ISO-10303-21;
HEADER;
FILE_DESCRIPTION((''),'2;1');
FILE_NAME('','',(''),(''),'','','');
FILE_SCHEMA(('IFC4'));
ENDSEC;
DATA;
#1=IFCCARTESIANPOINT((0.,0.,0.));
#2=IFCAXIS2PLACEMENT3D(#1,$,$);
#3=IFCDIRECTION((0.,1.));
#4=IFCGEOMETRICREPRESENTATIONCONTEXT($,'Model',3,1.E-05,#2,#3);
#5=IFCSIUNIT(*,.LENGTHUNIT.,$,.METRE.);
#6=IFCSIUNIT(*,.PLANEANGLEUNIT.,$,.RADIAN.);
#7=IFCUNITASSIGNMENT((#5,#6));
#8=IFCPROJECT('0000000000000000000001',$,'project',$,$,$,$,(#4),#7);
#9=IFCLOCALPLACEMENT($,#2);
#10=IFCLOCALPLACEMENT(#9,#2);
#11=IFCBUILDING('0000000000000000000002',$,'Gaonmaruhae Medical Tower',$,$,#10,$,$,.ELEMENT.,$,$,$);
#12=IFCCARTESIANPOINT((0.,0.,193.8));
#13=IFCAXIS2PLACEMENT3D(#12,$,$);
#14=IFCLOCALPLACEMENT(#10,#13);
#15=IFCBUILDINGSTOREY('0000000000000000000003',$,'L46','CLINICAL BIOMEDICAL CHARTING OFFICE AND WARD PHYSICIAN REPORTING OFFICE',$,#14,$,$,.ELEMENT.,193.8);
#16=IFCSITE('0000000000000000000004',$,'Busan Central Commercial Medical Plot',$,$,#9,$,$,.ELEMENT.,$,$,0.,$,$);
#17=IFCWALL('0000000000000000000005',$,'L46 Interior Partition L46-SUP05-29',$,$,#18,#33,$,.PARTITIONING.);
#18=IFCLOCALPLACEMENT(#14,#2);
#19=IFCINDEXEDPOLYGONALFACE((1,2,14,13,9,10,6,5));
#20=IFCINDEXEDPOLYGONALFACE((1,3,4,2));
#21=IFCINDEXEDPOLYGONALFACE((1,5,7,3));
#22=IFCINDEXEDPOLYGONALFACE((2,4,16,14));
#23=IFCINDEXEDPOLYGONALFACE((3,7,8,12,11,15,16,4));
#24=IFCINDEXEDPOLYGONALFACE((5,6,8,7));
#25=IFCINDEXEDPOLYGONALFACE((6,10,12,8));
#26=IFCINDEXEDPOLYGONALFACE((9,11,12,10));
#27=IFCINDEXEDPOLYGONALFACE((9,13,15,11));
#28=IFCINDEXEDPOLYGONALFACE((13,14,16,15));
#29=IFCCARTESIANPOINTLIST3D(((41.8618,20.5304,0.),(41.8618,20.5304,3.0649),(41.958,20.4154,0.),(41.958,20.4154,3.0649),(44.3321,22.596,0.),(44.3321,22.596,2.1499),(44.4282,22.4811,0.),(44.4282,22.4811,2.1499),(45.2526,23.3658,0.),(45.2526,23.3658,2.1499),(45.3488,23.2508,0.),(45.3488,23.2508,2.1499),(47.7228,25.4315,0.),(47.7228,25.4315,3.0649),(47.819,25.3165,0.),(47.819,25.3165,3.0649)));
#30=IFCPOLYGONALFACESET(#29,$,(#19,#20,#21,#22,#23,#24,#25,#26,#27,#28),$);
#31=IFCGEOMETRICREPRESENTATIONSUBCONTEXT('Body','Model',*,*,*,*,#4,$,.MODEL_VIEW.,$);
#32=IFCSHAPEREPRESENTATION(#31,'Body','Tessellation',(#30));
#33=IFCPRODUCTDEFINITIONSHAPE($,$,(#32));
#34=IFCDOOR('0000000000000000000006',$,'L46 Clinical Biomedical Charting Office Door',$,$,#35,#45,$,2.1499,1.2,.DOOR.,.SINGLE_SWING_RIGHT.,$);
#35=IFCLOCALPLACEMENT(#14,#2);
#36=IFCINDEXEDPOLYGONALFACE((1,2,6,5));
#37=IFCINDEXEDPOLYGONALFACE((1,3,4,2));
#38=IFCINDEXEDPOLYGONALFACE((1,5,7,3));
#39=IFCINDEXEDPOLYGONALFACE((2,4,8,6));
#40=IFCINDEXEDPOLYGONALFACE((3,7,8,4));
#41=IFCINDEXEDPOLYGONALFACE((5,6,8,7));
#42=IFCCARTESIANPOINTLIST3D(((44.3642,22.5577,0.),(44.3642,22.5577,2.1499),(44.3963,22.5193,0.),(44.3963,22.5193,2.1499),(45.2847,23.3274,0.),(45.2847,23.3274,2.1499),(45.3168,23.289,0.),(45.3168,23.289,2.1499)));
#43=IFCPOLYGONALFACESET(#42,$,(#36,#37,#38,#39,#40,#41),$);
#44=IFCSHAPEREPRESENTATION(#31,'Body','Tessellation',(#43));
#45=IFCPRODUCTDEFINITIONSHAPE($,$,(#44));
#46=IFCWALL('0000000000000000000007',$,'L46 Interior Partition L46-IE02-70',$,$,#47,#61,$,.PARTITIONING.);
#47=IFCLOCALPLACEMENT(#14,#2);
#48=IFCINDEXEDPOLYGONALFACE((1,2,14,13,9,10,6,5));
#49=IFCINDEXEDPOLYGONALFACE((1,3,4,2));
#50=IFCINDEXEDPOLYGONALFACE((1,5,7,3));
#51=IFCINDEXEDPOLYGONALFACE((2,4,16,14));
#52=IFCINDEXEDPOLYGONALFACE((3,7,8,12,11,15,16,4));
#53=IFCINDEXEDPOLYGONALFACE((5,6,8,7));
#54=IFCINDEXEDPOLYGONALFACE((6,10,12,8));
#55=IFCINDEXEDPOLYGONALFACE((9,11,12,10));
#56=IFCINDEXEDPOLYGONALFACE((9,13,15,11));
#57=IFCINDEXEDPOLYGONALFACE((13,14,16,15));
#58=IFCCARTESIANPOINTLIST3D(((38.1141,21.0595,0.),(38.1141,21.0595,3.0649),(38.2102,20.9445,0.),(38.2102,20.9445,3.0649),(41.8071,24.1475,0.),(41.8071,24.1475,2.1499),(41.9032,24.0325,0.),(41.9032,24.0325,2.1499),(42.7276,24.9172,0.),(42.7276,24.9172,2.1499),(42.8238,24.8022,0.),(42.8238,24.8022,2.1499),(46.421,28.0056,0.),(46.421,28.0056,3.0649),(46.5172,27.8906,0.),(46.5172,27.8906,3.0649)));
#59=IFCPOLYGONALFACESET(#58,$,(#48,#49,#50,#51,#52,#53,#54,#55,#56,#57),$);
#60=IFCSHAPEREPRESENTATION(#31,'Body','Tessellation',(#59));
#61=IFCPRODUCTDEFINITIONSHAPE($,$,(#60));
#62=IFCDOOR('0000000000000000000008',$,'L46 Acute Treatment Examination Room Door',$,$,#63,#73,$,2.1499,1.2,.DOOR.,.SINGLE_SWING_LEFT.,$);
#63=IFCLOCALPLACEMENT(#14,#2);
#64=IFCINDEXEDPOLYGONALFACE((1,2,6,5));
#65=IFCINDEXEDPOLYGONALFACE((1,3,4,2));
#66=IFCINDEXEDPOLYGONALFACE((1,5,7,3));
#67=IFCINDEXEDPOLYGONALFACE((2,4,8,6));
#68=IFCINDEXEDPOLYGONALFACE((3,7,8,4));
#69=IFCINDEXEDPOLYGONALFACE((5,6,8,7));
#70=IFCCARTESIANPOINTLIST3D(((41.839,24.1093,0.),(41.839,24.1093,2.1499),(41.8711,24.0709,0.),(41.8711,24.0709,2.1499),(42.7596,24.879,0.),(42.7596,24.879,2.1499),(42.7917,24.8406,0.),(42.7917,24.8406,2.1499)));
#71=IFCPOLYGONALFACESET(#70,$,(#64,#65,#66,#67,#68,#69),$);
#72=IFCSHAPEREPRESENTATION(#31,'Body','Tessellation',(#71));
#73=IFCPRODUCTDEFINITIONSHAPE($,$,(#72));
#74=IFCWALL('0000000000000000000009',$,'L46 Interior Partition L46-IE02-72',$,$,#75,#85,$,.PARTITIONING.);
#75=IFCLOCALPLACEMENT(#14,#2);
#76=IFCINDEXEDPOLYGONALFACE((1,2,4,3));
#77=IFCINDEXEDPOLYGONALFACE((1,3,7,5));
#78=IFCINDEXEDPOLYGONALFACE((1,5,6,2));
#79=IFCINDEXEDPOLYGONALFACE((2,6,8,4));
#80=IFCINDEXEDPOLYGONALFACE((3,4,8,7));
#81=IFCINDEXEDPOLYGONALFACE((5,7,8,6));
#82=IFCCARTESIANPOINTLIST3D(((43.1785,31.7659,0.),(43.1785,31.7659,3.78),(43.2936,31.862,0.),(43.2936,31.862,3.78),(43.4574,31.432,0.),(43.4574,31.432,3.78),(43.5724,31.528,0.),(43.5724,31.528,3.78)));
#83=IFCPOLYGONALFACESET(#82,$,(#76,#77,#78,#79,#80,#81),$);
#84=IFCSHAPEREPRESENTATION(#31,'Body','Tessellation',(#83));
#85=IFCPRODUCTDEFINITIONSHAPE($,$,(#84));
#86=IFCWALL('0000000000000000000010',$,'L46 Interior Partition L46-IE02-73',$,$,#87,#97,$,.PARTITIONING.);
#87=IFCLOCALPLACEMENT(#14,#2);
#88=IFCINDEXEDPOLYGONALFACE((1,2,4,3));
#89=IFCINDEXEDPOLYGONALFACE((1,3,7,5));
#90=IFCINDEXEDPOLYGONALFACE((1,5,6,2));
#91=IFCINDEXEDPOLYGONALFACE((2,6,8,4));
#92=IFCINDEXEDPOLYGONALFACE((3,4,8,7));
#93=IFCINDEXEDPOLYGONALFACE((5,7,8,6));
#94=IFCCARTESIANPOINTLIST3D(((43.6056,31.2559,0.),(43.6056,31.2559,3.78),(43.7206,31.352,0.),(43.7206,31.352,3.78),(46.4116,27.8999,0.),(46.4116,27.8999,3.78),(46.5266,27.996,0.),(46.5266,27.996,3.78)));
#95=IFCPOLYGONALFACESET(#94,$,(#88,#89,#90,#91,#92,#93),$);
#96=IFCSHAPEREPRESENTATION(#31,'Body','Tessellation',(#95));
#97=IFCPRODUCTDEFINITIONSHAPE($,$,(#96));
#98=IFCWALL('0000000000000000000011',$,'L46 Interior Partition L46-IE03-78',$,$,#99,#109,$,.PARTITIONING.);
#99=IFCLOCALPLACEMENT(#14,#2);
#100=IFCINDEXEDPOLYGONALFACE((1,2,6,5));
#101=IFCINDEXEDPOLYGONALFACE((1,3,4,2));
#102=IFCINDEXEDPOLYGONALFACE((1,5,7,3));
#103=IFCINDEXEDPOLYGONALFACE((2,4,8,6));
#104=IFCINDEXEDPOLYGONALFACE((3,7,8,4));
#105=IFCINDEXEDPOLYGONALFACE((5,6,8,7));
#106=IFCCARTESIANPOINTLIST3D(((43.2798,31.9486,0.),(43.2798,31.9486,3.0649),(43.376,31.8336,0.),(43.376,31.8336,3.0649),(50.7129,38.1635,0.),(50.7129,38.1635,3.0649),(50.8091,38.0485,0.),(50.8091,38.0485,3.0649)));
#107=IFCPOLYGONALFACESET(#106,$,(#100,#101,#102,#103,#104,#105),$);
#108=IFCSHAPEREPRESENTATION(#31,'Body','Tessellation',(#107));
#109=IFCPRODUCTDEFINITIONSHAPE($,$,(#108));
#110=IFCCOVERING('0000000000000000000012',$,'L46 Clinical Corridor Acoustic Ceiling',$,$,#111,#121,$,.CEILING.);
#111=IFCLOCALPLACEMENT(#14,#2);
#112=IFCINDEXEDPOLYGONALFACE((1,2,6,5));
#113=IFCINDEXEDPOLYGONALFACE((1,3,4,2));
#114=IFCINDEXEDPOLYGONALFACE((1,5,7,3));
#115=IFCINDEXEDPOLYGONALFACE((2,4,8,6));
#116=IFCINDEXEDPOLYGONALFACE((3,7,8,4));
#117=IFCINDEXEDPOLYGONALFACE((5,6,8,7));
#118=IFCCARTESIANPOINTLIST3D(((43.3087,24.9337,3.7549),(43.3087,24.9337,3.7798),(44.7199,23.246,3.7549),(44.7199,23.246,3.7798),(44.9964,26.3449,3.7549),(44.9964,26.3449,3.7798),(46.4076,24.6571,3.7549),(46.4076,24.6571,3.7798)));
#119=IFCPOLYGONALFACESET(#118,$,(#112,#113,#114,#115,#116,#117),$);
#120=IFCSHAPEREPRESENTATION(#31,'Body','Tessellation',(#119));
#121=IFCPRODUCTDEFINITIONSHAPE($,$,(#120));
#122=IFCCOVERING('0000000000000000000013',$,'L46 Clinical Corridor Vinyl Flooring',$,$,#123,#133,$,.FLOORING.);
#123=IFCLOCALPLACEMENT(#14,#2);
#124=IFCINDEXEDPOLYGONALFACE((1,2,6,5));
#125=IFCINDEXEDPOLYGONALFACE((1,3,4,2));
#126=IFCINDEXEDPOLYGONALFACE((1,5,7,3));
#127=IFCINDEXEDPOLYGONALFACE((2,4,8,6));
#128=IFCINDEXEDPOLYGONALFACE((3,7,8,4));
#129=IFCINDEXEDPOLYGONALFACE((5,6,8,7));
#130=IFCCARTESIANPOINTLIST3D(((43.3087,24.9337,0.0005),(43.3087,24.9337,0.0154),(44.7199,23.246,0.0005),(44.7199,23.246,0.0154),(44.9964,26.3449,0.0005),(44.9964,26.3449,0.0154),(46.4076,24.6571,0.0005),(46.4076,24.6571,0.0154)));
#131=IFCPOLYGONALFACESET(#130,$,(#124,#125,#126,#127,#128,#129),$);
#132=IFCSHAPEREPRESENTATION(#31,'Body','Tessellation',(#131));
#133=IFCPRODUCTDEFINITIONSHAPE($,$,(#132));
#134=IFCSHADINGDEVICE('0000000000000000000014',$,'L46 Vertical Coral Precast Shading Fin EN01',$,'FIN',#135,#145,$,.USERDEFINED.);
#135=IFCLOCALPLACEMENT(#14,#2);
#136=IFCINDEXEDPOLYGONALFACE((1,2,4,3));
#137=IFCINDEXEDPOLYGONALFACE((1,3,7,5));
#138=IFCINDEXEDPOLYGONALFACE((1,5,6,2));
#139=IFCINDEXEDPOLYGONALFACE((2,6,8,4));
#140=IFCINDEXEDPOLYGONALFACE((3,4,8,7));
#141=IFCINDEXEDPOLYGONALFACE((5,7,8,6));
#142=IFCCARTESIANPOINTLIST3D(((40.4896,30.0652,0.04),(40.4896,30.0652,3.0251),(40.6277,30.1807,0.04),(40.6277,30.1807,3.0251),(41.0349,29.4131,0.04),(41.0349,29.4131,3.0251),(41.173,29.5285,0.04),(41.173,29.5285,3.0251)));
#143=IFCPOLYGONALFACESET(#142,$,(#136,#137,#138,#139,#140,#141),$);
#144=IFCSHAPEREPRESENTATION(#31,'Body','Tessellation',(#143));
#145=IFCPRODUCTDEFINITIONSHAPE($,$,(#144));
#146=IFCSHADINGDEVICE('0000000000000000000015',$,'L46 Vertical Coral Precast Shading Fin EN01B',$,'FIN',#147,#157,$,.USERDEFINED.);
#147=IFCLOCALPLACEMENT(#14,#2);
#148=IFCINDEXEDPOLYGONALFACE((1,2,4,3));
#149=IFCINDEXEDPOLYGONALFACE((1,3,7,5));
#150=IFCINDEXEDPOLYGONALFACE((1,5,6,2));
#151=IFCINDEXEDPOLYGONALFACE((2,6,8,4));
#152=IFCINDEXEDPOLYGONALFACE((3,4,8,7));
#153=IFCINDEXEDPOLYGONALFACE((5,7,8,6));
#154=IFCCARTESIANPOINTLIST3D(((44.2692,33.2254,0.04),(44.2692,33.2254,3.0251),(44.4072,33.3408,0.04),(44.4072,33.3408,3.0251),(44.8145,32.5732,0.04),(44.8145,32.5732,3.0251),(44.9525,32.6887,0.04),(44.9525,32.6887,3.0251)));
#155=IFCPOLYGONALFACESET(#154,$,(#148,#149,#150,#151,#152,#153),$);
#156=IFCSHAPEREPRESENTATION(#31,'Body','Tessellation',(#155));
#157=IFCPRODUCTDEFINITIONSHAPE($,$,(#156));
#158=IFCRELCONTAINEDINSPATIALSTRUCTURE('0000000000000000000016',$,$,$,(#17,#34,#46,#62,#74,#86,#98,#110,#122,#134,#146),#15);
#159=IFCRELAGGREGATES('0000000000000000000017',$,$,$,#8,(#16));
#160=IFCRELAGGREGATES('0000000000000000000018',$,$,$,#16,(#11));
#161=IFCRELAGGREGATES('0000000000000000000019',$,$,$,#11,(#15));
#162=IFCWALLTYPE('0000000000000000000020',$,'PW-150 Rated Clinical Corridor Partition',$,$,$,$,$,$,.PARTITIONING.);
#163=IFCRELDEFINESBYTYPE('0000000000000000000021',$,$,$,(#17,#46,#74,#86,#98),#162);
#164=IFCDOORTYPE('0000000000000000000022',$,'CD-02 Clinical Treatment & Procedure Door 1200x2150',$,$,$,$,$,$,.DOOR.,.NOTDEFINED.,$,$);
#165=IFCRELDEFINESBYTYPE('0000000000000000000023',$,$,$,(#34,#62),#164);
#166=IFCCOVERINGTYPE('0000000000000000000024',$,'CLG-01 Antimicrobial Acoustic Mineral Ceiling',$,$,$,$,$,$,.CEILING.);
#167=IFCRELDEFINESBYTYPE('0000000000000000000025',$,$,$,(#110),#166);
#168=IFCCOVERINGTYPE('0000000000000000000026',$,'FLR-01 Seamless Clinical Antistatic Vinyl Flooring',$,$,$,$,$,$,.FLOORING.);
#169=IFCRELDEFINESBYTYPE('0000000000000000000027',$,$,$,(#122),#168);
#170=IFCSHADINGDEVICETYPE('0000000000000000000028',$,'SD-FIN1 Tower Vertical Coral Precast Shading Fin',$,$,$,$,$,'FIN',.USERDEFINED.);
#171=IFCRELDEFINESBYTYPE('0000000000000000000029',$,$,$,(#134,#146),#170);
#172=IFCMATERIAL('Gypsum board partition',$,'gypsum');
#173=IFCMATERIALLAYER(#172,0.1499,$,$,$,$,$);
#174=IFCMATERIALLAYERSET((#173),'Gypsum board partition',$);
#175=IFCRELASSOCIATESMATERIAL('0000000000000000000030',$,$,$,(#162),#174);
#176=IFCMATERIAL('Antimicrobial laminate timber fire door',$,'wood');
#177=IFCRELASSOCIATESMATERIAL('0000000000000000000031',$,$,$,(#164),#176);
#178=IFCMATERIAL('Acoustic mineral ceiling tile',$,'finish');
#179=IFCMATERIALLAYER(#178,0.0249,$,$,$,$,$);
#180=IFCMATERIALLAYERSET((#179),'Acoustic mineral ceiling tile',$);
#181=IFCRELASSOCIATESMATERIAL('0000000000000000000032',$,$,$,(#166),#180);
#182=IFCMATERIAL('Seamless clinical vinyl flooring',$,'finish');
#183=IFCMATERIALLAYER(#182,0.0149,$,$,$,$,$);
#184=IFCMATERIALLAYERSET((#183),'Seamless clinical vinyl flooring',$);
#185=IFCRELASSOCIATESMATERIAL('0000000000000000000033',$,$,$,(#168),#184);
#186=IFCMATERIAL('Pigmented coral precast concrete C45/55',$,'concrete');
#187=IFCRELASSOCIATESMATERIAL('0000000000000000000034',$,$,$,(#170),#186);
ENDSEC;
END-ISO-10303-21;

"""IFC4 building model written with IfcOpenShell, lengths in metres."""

from ifc_helpers import new_model, si_unit, direction, frame, frame_2d, origin, origin_2d, place, context, subcontext, project, spatial, rectangle, extrude, material, layer, layer_set, type_object, element, fill, save


model = new_model("IFC4")

# Units and contexts
model_context = context("Model", 3, precision=1e-05, world=origin(), true_north=direction((0.0, 1.0)))
body_context = subcontext(model_context, "Body", "Model", "MODEL_VIEW")
ifc_project = project(units=[si_unit("LENGTHUNIT", "METRE"), si_unit("PLANEANGLEUNIT", "RADIAN")], contexts=[model_context])

# Site, building, storey
site_placement = place(None, origin())
site = spatial("IfcSite", under=ifc_project, at=site_placement, Name="Busan Central Commercial Medical Plot", CompositionType="ELEMENT", RefElevation=0.0)
building_placement = place(site_placement, origin())
building = spatial("IfcBuilding", under=site, at=building_placement, Name="Gaonmaruhae Medical Tower", CompositionType="ELEMENT")
storey_placement = place(building_placement, frame((0.0, 0.0, 193.8)))
storey = spatial("IfcBuildingStorey", under=building, at=storey_placement, Name="L46", Description="CLINICAL BIOMEDICAL CHARTING OFFICE AND WARD PHYSICIAN REPORTING OFFICE", CompositionType="ELEMENT", Elevation=193.8)

# Shared definitions
ifc_material_1 = material(Name="Gypsum board partition", Category="gypsum")
ifc_layer_1 = layer(ifc_material_1, 0.1499)
ifc_layer_set_1 = layer_set([ifc_layer_1], Name="Gypsum board partition")
wall_type_1 = type_object("IfcWallType", Name="PW-150 Rated Clinical Corridor Partition", PredefinedType="PARTITIONING", material=ifc_layer_set_1)

# Walls, openings, doors
wall_1_placement = place(storey_placement, frame((41.9099, 20.4729, 0.0), z_axis=(0.0, 0.0, 1.0), x_axis=(0.767133, 0.641488, 0.0)))
wall_1 = element("IfcWall", 1, at=wall_1_placement, inside=storey, type_object=wall_type_1, Name="L46 Interior Partition L46-SUP05-29", PredefinedType="PARTITIONING", context=body_context, shape_type="SweptSolid", body=[
    extrude(rectangle(XDim=7.6401, YDim=0.1499, at=frame_2d((3.8201, 0.0))), origin(), (0.0, 0.0, 1.0), 3.0649),
])
opening_1_placement = place(wall_1_placement, frame((3.22, 0.0, 0.0)))
opening_1 = element("IfcOpeningElement", 2, at=opening_1_placement, cuts=wall_1, PredefinedType="OPENING", context=body_context, shape_type="SweptSolid", body=[
    extrude(rectangle(XDim=1.2, YDim=2.1499, at=frame_2d((0.6001, 1.075))), frame((0.0, 0.085, 0.0), z_axis=(0.0, -1.0, 0.0), x_axis=(1.0, 0.0, 0.0)), (0.0, 0.0, 1.0), 0.1699),
])
ifc_material_2 = material(Name="Antimicrobial laminate timber fire door", Category="wood")
door_type = type_object("IfcDoorType", Name="CD-02 Clinical Treatment & Procedure Door 1200x2150", OperationType="NOTDEFINED", PredefinedType="DOOR", material=ifc_material_2)
door_1_placement = place(opening_1_placement, origin())
door_1 = element("IfcDoor", 3, at=door_1_placement, inside=storey, type_object=door_type, Name="L46 Clinical Biomedical Charting Office Door", OperationType="SINGLE_SWING_RIGHT", OverallHeight=2.1499, OverallWidth=1.2, PredefinedType="DOOR", context=body_context, shape_type="SweptSolid", body=[
    extrude(rectangle(XDim=1.2, YDim=2.1499, at=frame_2d((0.6001, 1.075))), frame((0.0, 0.0249, 0.0), z_axis=(0.0, -1.0, 0.0), x_axis=(1.0, 0.0, 0.0)), (0.0, 0.0, 1.0), 0.05),
])
fill(opening_1, door_1)
wall_2_placement = place(storey_placement, frame((46.469, 27.948, 0.0), z_axis=(0.0, 0.0, 1.0), x_axis=(-0.767146, -0.641472, 0.0)))
wall_2 = element("IfcWall", 4, at=wall_2_placement, inside=storey, type_object=wall_type_1, Name="L46 Interior Partition L46-IE02-70", PredefinedType="PARTITIONING", context=body_context, shape_type="SweptSolid", body=[
    extrude(rectangle(XDim=10.8284, YDim=0.1499, at=frame_2d((5.4141, 0.0))), origin(), (0.0, 0.0, 1.0), 3.0649),
])
opening_2_placement = place(wall_2_placement, frame((4.8142, 0.0, 0.0)))
opening_2 = element("IfcOpeningElement", 5, at=opening_2_placement, cuts=wall_2, PredefinedType="OPENING", context=body_context, shape_type="SweptSolid", body=[
    extrude(rectangle(XDim=1.2, YDim=2.1499, at=frame_2d((0.6001, 1.075))), frame((0.0, 0.085, 0.0), z_axis=(0.0, -1.0, 0.0), x_axis=(1.0, 0.0, 0.0)), (0.0, 0.0, 1.0), 0.1699),
])
door_2_placement = place(opening_2_placement, origin())
door_2 = element("IfcDoor", 6, at=door_2_placement, inside=storey, type_object=door_type, Name="L46 Acute Treatment Examination Room Door", OperationType="SINGLE_SWING_LEFT", OverallHeight=2.1499, OverallWidth=1.2, PredefinedType="DOOR", context=body_context, shape_type="SweptSolid", body=[
    extrude(rectangle(XDim=1.2, YDim=2.1499, at=frame_2d((0.6001, 1.075))), frame((0.0, 0.0249, 0.0), z_axis=(0.0, -1.0, 0.0), x_axis=(1.0, 0.0, 0.0)), (0.0, 0.0, 1.0), 0.05),
])
fill(opening_2, door_2)

# Walls
wall_3_placement = place(storey_placement, frame((43.2361, 31.814, 0.0), z_axis=(0.0, 0.0, 1.0), x_axis=(0.640847, -0.767669, 0.0)))
element("IfcWall", 7, at=wall_3_placement, inside=storey, type_object=wall_type_1, Name="L46 Interior Partition L46-IE02-72", PredefinedType="PARTITIONING", context=body_context, shape_type="SweptSolid", body=[
    extrude(rectangle(XDim=0.4351, YDim=0.1499, at=frame_2d((0.2175, 0.0))), origin(), (0.0, 0.0, 1.0), 3.78),
])
wall_4_placement = place(storey_placement, frame((43.6631, 31.304, 0.0), z_axis=(0.0, 0.0, 1.0), x_axis=(0.641435, -0.767177, 0.0)))
element("IfcWall", 8, at=wall_4_placement, inside=storey, type_object=wall_type_1, Name="L46 Interior Partition L46-IE02-73", PredefinedType="PARTITIONING", context=body_context, shape_type="SweptSolid", body=[
    extrude(rectangle(XDim=4.3745, YDim=0.1499, at=frame_2d((2.1873, 0.0))), origin(), (0.0, 0.0, 1.0), 3.78),
])
wall_5_placement = place(storey_placement, frame((43.3279, 31.8911, 0.0), z_axis=(0.0, 0.0, 1.0), x_axis=(0.767175, 0.641438, 0.0)))
element("IfcWall", 9, at=wall_5_placement, inside=storey, type_object=wall_type_1, Name="L46 Interior Partition L46-IE03-78", PredefinedType="PARTITIONING", context=body_context, shape_type="SweptSolid", body=[
    extrude(rectangle(XDim=9.689, YDim=0.1499, at=frame_2d((4.8445, 0.0))), origin(), (0.0, 0.0, 1.0), 3.0649),
])

# Coverings
ifc_material_3 = material(Name="Acoustic mineral ceiling tile", Category="finish")
ifc_layer_2 = layer(ifc_material_3, 0.0249)
ifc_layer_set_2 = layer_set([ifc_layer_2], Name="Acoustic mineral ceiling tile")
covering_type_1 = type_object("IfcCoveringType", Name="CLG-01 Antimicrobial Acoustic Mineral Ceiling", PredefinedType="CEILING", material=ifc_layer_set_2)
covering_1_placement = place(storey_placement, frame((44.8582, 24.7954, 3.7549), z_axis=(0.0, 0.0, 1.0), x_axis=(0.767165, 0.64145, 0.0)))
element("IfcCovering", 10, at=covering_1_placement, inside=storey, type_object=covering_type_1, Name="L46 Clinical Corridor Acoustic Ceiling", PredefinedType="CEILING", context=body_context, shape_type="SweptSolid", body=[
    extrude(rectangle(XDim=2.2, YDim=2.2, at=origin_2d()), origin(), (0.0, 0.0, 1.0), 0.0249),
])
ifc_material_4 = material(Name="Seamless clinical vinyl flooring", Category="finish")
ifc_layer_3 = layer(ifc_material_4, 0.0149)
ifc_layer_set_3 = layer_set([ifc_layer_3], Name="Seamless clinical vinyl flooring")
covering_type_2 = type_object("IfcCoveringType", Name="FLR-01 Seamless Clinical Antistatic Vinyl Flooring", PredefinedType="FLOORING", material=ifc_layer_set_3)
covering_2_placement = place(storey_placement, frame((44.8582, 24.7954, 0.0005), z_axis=(0.0, 0.0, 1.0), x_axis=(0.767165, 0.64145, 0.0)))
element("IfcCovering", 11, at=covering_2_placement, inside=storey, type_object=covering_type_2, Name="L46 Clinical Corridor Vinyl Flooring", PredefinedType="FLOORING", context=body_context, shape_type="SweptSolid", body=[
    extrude(rectangle(XDim=2.2, YDim=2.2, at=origin_2d()), origin(), (0.0, 0.0, 1.0), 0.0149),
])

# Shading devices
ifc_material_5 = material(Name="Pigmented coral precast concrete C45/55", Category="concrete")
shading_device_type = type_object("IfcShadingDeviceType", Name="SD-FIN1 Tower Vertical Coral Precast Shading Fin", ElementType="FIN", PredefinedType="USERDEFINED", material=ifc_material_5)
for number, where, z_axis, x_axis, name in (
    (12, (40.8313, 29.7969, 0.04), (0.0, 0.0, 1.0), (0.767165, 0.64145, 0.0), "L46 Vertical Coral Precast Shading Fin EN01"),
    (13, (44.6108, 32.957, 0.04), (0.0, 0.0, 1.0), (0.767165, 0.64145, 0.0), "L46 Vertical Coral Precast Shading Fin EN01B"),
):
    element("IfcShadingDevice", number, at=place(storey_placement, frame(where, z_axis=z_axis, x_axis=x_axis)), inside=storey, type_object=shading_device_type, Name=name, ObjectType="FIN", PredefinedType="USERDEFINED", context=body_context, shape_type="SweptSolid", body=[
        extrude(rectangle(XDim=0.1799, YDim=0.8501, at=origin_2d()), origin(), (0.0, 0.0, 1.0), 2.9851),
    ])

save(model, "model.ifc")
